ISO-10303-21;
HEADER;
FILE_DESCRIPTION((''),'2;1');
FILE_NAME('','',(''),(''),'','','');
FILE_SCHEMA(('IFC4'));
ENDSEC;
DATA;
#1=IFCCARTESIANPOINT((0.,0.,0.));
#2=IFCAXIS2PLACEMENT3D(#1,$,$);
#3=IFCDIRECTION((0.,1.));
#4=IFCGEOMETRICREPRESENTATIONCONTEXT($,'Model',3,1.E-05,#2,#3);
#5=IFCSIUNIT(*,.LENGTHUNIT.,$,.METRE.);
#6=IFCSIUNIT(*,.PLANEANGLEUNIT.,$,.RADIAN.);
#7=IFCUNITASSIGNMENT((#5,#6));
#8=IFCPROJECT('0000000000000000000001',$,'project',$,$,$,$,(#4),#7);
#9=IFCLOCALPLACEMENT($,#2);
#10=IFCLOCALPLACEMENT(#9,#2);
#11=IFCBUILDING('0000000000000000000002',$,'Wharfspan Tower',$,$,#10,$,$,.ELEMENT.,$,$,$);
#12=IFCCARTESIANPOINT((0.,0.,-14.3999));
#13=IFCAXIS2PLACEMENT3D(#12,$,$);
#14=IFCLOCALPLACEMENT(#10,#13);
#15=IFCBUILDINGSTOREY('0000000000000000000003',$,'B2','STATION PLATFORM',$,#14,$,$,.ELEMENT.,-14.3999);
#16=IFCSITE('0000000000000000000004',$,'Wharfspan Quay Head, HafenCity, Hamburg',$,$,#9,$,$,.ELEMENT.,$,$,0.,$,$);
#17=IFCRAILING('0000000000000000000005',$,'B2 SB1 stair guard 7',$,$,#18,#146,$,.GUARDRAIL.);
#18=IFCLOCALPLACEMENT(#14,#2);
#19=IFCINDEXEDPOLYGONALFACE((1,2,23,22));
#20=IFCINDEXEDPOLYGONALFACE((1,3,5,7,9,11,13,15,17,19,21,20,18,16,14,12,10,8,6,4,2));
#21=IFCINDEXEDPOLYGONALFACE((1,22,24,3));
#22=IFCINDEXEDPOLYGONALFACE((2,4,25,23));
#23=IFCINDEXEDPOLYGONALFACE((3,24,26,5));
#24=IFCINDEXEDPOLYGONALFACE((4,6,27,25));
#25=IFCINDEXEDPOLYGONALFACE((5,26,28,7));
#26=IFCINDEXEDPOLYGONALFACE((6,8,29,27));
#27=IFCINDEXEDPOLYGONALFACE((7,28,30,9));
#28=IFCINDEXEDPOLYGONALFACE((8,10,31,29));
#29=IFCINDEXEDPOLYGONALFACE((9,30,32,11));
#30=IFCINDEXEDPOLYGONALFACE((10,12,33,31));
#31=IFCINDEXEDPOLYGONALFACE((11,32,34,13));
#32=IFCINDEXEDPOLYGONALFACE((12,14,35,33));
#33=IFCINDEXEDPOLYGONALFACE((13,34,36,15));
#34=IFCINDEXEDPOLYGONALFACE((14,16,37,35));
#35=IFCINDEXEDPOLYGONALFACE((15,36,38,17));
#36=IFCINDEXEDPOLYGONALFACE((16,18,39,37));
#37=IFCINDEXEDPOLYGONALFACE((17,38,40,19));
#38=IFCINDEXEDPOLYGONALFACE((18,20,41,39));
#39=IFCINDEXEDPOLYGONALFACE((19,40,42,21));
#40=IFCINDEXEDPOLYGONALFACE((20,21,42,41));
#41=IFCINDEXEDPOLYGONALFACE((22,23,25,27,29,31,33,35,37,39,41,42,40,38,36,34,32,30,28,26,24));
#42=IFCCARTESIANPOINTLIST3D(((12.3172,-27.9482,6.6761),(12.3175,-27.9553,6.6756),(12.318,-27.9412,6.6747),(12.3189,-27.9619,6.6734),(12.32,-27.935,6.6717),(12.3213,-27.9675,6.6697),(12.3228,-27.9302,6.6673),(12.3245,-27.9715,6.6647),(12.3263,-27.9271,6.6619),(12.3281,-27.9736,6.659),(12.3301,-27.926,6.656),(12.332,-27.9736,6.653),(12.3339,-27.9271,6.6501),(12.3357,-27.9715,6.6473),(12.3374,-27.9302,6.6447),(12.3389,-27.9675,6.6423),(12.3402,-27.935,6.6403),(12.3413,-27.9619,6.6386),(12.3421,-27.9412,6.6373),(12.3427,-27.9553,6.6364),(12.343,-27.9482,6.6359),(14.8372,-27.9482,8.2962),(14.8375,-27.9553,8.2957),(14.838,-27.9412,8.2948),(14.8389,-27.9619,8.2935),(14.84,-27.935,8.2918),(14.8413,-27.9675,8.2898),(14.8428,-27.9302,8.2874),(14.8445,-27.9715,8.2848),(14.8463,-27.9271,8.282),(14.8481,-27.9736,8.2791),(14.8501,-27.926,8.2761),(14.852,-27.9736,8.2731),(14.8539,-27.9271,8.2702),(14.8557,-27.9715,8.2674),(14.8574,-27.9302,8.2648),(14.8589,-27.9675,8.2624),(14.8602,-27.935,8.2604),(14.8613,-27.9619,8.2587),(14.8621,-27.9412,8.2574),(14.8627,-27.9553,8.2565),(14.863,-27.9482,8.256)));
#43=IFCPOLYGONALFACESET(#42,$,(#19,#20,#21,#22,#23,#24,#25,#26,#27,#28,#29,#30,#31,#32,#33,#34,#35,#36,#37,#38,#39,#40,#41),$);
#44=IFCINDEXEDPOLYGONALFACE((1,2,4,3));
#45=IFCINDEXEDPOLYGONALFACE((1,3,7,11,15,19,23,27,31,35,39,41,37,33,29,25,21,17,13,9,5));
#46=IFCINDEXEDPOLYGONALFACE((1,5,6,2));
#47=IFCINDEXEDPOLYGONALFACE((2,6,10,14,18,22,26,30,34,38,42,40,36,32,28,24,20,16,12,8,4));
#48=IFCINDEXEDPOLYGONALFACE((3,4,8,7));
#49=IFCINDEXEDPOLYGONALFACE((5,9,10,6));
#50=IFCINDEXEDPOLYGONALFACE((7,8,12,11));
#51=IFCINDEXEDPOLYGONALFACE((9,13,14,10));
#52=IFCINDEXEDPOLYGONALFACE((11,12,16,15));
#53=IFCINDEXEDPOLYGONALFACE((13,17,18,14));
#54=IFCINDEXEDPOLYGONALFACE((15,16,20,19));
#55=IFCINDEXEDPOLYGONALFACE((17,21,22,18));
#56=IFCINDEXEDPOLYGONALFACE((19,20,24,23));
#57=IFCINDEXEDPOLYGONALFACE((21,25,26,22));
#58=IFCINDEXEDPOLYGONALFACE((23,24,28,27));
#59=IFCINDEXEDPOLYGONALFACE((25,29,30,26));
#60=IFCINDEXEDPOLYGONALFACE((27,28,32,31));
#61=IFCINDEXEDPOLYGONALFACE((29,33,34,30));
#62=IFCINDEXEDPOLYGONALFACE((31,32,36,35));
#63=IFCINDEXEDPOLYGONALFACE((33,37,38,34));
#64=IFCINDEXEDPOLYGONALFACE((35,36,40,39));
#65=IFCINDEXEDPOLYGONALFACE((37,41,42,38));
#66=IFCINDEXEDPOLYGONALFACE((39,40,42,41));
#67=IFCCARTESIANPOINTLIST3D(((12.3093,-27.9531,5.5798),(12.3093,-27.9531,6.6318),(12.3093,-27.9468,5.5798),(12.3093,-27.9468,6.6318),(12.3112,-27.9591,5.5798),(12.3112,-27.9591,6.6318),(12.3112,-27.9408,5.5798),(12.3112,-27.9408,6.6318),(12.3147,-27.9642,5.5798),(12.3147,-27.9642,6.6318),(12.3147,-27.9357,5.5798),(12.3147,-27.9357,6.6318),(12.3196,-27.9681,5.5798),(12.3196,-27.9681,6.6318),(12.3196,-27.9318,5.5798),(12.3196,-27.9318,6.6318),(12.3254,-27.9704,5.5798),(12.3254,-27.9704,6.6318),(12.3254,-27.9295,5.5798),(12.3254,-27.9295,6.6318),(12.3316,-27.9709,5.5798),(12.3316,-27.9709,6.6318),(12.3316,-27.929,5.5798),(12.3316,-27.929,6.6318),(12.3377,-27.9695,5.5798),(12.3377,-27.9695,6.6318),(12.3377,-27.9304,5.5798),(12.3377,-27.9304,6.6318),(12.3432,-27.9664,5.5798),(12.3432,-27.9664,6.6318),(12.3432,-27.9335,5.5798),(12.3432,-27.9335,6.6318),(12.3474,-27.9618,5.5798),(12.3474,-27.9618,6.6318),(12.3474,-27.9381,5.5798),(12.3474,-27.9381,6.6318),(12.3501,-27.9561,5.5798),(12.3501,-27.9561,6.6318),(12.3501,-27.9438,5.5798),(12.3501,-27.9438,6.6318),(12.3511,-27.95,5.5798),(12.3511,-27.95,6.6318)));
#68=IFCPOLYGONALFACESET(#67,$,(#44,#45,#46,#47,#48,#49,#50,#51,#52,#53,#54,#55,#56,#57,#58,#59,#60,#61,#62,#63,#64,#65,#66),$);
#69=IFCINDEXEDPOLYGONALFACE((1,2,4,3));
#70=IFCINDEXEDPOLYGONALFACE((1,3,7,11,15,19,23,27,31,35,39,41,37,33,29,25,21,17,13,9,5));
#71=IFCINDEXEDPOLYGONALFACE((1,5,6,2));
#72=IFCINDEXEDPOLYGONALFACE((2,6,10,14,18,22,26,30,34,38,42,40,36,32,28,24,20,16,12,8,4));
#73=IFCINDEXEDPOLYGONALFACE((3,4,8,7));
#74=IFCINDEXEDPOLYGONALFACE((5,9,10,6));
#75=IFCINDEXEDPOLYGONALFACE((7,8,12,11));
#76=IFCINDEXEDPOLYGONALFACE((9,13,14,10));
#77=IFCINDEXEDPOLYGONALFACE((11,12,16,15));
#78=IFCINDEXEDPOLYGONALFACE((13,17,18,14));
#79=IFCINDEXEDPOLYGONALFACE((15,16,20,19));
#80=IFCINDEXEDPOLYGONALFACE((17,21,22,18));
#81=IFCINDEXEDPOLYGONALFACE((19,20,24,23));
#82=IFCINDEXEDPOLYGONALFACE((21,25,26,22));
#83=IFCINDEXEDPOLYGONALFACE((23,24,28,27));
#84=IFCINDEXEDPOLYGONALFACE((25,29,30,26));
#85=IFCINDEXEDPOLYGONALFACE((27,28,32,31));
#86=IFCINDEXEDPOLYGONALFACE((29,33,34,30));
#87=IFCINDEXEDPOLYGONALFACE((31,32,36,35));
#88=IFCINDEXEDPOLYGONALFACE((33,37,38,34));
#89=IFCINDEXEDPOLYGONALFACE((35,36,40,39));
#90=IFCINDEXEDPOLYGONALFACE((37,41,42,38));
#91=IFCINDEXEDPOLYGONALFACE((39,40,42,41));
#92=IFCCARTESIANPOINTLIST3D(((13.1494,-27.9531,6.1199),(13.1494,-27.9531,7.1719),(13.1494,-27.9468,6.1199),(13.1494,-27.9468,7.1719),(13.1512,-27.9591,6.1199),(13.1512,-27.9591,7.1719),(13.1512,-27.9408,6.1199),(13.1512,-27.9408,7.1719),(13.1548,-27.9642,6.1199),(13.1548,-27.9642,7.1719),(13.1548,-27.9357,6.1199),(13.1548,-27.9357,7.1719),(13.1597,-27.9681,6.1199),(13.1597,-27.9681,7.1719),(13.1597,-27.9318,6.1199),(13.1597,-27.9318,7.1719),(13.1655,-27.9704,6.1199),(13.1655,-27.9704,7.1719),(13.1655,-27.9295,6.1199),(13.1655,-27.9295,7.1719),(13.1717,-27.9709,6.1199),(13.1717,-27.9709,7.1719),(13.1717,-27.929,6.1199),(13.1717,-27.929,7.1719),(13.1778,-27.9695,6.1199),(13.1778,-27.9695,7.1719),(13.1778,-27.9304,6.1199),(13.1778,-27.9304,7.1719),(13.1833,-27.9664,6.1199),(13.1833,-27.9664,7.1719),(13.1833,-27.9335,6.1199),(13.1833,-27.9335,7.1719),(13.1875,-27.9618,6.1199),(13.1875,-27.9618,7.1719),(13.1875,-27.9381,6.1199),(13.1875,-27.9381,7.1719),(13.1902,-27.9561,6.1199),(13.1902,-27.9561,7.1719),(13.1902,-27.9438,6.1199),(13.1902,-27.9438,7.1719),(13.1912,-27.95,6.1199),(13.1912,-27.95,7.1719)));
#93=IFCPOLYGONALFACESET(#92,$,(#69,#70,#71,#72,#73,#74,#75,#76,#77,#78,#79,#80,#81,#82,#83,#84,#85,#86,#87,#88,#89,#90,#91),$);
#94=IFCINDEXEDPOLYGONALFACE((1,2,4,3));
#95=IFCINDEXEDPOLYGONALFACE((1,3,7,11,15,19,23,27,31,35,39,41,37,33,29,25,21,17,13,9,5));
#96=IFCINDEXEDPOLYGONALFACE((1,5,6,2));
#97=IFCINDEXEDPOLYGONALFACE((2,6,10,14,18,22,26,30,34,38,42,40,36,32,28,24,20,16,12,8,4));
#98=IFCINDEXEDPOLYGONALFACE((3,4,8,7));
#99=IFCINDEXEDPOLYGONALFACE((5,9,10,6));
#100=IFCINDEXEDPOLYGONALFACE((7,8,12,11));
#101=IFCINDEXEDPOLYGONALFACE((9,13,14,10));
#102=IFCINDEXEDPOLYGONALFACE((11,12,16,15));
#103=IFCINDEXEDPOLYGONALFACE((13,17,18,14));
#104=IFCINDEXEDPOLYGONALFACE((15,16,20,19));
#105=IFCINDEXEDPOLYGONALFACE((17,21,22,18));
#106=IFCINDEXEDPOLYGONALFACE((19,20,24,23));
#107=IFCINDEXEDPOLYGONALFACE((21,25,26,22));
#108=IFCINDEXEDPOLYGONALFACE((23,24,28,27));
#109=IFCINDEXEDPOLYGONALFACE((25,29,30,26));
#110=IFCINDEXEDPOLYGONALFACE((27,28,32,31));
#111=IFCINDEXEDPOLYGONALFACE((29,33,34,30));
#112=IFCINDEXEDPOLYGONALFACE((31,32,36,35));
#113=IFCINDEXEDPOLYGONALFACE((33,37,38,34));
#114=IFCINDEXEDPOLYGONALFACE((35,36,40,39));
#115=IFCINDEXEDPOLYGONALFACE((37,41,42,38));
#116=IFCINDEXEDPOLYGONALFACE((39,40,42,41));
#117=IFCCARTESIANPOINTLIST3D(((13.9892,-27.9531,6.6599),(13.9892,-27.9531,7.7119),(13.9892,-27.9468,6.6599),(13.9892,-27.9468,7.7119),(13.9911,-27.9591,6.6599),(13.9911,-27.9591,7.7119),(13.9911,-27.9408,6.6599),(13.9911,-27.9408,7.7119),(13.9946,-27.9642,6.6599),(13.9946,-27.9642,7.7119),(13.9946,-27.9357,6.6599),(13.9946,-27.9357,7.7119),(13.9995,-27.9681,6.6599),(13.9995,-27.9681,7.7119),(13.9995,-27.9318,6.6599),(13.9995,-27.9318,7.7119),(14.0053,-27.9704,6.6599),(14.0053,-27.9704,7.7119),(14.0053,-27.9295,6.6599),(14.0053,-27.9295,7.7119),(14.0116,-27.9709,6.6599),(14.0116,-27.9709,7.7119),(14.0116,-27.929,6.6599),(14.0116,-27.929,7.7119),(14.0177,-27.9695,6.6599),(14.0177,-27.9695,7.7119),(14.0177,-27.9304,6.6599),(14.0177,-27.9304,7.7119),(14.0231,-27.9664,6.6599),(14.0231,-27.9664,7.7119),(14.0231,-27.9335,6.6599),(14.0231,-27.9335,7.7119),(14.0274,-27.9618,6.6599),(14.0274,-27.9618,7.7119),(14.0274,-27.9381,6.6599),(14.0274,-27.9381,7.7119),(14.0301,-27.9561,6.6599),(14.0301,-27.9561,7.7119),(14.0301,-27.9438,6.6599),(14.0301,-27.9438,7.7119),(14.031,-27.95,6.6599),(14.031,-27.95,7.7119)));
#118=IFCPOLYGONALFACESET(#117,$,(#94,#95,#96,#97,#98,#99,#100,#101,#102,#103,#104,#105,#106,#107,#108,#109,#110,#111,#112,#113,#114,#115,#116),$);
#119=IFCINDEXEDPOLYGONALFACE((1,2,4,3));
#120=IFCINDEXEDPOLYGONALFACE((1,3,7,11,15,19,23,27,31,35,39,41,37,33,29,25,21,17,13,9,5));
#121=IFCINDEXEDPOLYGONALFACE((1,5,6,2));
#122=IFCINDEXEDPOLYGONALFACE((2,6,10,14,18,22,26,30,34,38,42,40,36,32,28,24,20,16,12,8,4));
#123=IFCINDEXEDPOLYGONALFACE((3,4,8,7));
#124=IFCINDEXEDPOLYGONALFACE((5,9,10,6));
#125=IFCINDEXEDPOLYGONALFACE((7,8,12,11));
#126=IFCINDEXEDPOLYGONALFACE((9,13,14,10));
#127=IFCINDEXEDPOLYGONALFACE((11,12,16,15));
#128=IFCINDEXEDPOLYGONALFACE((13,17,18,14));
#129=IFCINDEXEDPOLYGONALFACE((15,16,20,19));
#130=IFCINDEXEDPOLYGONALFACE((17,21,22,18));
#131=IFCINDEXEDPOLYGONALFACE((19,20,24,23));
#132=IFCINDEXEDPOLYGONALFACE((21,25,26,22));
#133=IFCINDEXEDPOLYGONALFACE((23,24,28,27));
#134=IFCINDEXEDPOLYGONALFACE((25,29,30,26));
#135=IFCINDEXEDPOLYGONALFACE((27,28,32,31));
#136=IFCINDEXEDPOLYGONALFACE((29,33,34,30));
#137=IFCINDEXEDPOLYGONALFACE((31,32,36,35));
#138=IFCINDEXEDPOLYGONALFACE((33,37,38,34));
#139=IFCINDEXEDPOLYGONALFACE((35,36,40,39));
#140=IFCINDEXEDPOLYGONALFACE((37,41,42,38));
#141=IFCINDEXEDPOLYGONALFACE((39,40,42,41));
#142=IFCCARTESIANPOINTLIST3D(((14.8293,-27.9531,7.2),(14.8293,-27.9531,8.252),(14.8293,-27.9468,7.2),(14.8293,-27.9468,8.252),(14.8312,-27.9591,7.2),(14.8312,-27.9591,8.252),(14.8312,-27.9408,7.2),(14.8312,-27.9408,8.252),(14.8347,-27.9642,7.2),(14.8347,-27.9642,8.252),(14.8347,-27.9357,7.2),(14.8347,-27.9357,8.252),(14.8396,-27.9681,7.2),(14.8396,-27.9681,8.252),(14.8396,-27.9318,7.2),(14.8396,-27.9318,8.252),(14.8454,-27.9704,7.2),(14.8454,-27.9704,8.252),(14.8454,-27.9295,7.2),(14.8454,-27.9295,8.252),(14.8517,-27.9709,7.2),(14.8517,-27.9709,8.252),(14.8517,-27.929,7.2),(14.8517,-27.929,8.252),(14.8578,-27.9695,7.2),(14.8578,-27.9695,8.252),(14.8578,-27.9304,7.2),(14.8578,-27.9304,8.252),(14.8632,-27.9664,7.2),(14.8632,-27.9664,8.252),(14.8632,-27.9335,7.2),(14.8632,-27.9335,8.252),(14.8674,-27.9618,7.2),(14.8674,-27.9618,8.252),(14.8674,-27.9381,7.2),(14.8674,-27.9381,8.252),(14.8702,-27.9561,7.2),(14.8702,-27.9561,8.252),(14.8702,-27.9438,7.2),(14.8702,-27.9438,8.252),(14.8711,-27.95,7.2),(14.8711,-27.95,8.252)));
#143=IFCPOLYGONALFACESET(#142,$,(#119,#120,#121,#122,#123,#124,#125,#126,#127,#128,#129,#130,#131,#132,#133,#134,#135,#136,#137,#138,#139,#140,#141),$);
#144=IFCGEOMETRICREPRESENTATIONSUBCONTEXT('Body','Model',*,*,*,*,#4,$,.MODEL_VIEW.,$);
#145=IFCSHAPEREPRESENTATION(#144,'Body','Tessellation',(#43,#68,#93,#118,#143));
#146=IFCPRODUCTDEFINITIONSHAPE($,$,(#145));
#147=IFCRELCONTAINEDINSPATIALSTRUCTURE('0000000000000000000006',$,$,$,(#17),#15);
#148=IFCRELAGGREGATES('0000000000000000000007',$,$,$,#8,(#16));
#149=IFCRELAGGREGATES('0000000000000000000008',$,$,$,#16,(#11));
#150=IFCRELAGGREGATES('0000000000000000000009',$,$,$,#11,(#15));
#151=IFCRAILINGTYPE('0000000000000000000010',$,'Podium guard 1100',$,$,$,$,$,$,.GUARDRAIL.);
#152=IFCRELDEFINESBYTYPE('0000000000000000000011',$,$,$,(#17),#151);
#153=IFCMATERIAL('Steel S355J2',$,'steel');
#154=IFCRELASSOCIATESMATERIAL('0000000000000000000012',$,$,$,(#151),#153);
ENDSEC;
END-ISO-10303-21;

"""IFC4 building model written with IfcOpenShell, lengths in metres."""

from ifc_helpers import new_model, si_unit, direction, frame, origin, origin_2d, place, context, subcontext, project, spatial, circle, extrude, material, type_object, element, save


model = new_model("IFC4")

# Units and contexts
model_context = context("Model", 3, precision=1e-05, world=origin(), true_north=direction((0.0, 1.0)))
body_context = subcontext(model_context, "Body", "Model", "MODEL_VIEW")
ifc_project = project(units=[si_unit("LENGTHUNIT", "METRE"), si_unit("PLANEANGLEUNIT", "RADIAN")], contexts=[model_context])

# Site, building, storey
site_placement = place(None, origin())
site = spatial("IfcSite", under=ifc_project, at=site_placement, Name="Wharfspan Quay Head, HafenCity, Hamburg", CompositionType="ELEMENT", RefElevation=0.0)
building_placement = place(site_placement, origin())
building = spatial("IfcBuilding", under=site, at=building_placement, Name="Wharfspan Tower", CompositionType="ELEMENT")
storey_placement = place(building_placement, frame((0.0, 0.0, -14.3999)))
storey = spatial("IfcBuildingStorey", under=building, at=storey_placement, Name="B2", Description="STATION PLATFORM", CompositionType="ELEMENT", Elevation=-14.3999)

# Railing
ifc_material_1 = material(Name="Steel S355J2", Category="steel")
railing_type_1 = type_object("IfcRailingType", Name="Podium guard 1100", PredefinedType="GUARDRAIL", material=ifc_material_1)
railing_1_placement = place(storey_placement, frame((12.3301, -27.95, 5.5798)))
element("IfcRailing", 1, at=railing_1_placement, inside=storey, type_object=railing_type_1, Name="B2 SB1 stair guard 7", PredefinedType="GUARDRAIL", context=body_context, shape_type="SweptSolid", body=[
    extrude(circle(Radius=0.0239, at=origin_2d()), frame((0.0, 0.0, 1.0762), z_axis=(0.841163, 0.0, 0.540782), x_axis=(0.0, 1.0, 0.0)), (0.0, 0.0, 1.0), 2.9958),
    extrude(circle(Radius=0.021, at=origin_2d()), origin(), (0.0, 0.0, 1.0), 1.052),
    extrude(circle(Radius=0.021, at=origin_2d()), frame((0.8401, 0.0, 0.54)), (0.0, 0.0, 1.0), 1.052),
    extrude(circle(Radius=0.021, at=origin_2d()), frame((1.6799, 0.0, 1.0801)), (0.0, 0.0, 1.0), 1.052),
    extrude(circle(Radius=0.021, at=origin_2d()), frame((2.52, 0.0, 1.6201)), (0.0, 0.0, 1.0), 1.052),
])

save(model, "model.ifc")
